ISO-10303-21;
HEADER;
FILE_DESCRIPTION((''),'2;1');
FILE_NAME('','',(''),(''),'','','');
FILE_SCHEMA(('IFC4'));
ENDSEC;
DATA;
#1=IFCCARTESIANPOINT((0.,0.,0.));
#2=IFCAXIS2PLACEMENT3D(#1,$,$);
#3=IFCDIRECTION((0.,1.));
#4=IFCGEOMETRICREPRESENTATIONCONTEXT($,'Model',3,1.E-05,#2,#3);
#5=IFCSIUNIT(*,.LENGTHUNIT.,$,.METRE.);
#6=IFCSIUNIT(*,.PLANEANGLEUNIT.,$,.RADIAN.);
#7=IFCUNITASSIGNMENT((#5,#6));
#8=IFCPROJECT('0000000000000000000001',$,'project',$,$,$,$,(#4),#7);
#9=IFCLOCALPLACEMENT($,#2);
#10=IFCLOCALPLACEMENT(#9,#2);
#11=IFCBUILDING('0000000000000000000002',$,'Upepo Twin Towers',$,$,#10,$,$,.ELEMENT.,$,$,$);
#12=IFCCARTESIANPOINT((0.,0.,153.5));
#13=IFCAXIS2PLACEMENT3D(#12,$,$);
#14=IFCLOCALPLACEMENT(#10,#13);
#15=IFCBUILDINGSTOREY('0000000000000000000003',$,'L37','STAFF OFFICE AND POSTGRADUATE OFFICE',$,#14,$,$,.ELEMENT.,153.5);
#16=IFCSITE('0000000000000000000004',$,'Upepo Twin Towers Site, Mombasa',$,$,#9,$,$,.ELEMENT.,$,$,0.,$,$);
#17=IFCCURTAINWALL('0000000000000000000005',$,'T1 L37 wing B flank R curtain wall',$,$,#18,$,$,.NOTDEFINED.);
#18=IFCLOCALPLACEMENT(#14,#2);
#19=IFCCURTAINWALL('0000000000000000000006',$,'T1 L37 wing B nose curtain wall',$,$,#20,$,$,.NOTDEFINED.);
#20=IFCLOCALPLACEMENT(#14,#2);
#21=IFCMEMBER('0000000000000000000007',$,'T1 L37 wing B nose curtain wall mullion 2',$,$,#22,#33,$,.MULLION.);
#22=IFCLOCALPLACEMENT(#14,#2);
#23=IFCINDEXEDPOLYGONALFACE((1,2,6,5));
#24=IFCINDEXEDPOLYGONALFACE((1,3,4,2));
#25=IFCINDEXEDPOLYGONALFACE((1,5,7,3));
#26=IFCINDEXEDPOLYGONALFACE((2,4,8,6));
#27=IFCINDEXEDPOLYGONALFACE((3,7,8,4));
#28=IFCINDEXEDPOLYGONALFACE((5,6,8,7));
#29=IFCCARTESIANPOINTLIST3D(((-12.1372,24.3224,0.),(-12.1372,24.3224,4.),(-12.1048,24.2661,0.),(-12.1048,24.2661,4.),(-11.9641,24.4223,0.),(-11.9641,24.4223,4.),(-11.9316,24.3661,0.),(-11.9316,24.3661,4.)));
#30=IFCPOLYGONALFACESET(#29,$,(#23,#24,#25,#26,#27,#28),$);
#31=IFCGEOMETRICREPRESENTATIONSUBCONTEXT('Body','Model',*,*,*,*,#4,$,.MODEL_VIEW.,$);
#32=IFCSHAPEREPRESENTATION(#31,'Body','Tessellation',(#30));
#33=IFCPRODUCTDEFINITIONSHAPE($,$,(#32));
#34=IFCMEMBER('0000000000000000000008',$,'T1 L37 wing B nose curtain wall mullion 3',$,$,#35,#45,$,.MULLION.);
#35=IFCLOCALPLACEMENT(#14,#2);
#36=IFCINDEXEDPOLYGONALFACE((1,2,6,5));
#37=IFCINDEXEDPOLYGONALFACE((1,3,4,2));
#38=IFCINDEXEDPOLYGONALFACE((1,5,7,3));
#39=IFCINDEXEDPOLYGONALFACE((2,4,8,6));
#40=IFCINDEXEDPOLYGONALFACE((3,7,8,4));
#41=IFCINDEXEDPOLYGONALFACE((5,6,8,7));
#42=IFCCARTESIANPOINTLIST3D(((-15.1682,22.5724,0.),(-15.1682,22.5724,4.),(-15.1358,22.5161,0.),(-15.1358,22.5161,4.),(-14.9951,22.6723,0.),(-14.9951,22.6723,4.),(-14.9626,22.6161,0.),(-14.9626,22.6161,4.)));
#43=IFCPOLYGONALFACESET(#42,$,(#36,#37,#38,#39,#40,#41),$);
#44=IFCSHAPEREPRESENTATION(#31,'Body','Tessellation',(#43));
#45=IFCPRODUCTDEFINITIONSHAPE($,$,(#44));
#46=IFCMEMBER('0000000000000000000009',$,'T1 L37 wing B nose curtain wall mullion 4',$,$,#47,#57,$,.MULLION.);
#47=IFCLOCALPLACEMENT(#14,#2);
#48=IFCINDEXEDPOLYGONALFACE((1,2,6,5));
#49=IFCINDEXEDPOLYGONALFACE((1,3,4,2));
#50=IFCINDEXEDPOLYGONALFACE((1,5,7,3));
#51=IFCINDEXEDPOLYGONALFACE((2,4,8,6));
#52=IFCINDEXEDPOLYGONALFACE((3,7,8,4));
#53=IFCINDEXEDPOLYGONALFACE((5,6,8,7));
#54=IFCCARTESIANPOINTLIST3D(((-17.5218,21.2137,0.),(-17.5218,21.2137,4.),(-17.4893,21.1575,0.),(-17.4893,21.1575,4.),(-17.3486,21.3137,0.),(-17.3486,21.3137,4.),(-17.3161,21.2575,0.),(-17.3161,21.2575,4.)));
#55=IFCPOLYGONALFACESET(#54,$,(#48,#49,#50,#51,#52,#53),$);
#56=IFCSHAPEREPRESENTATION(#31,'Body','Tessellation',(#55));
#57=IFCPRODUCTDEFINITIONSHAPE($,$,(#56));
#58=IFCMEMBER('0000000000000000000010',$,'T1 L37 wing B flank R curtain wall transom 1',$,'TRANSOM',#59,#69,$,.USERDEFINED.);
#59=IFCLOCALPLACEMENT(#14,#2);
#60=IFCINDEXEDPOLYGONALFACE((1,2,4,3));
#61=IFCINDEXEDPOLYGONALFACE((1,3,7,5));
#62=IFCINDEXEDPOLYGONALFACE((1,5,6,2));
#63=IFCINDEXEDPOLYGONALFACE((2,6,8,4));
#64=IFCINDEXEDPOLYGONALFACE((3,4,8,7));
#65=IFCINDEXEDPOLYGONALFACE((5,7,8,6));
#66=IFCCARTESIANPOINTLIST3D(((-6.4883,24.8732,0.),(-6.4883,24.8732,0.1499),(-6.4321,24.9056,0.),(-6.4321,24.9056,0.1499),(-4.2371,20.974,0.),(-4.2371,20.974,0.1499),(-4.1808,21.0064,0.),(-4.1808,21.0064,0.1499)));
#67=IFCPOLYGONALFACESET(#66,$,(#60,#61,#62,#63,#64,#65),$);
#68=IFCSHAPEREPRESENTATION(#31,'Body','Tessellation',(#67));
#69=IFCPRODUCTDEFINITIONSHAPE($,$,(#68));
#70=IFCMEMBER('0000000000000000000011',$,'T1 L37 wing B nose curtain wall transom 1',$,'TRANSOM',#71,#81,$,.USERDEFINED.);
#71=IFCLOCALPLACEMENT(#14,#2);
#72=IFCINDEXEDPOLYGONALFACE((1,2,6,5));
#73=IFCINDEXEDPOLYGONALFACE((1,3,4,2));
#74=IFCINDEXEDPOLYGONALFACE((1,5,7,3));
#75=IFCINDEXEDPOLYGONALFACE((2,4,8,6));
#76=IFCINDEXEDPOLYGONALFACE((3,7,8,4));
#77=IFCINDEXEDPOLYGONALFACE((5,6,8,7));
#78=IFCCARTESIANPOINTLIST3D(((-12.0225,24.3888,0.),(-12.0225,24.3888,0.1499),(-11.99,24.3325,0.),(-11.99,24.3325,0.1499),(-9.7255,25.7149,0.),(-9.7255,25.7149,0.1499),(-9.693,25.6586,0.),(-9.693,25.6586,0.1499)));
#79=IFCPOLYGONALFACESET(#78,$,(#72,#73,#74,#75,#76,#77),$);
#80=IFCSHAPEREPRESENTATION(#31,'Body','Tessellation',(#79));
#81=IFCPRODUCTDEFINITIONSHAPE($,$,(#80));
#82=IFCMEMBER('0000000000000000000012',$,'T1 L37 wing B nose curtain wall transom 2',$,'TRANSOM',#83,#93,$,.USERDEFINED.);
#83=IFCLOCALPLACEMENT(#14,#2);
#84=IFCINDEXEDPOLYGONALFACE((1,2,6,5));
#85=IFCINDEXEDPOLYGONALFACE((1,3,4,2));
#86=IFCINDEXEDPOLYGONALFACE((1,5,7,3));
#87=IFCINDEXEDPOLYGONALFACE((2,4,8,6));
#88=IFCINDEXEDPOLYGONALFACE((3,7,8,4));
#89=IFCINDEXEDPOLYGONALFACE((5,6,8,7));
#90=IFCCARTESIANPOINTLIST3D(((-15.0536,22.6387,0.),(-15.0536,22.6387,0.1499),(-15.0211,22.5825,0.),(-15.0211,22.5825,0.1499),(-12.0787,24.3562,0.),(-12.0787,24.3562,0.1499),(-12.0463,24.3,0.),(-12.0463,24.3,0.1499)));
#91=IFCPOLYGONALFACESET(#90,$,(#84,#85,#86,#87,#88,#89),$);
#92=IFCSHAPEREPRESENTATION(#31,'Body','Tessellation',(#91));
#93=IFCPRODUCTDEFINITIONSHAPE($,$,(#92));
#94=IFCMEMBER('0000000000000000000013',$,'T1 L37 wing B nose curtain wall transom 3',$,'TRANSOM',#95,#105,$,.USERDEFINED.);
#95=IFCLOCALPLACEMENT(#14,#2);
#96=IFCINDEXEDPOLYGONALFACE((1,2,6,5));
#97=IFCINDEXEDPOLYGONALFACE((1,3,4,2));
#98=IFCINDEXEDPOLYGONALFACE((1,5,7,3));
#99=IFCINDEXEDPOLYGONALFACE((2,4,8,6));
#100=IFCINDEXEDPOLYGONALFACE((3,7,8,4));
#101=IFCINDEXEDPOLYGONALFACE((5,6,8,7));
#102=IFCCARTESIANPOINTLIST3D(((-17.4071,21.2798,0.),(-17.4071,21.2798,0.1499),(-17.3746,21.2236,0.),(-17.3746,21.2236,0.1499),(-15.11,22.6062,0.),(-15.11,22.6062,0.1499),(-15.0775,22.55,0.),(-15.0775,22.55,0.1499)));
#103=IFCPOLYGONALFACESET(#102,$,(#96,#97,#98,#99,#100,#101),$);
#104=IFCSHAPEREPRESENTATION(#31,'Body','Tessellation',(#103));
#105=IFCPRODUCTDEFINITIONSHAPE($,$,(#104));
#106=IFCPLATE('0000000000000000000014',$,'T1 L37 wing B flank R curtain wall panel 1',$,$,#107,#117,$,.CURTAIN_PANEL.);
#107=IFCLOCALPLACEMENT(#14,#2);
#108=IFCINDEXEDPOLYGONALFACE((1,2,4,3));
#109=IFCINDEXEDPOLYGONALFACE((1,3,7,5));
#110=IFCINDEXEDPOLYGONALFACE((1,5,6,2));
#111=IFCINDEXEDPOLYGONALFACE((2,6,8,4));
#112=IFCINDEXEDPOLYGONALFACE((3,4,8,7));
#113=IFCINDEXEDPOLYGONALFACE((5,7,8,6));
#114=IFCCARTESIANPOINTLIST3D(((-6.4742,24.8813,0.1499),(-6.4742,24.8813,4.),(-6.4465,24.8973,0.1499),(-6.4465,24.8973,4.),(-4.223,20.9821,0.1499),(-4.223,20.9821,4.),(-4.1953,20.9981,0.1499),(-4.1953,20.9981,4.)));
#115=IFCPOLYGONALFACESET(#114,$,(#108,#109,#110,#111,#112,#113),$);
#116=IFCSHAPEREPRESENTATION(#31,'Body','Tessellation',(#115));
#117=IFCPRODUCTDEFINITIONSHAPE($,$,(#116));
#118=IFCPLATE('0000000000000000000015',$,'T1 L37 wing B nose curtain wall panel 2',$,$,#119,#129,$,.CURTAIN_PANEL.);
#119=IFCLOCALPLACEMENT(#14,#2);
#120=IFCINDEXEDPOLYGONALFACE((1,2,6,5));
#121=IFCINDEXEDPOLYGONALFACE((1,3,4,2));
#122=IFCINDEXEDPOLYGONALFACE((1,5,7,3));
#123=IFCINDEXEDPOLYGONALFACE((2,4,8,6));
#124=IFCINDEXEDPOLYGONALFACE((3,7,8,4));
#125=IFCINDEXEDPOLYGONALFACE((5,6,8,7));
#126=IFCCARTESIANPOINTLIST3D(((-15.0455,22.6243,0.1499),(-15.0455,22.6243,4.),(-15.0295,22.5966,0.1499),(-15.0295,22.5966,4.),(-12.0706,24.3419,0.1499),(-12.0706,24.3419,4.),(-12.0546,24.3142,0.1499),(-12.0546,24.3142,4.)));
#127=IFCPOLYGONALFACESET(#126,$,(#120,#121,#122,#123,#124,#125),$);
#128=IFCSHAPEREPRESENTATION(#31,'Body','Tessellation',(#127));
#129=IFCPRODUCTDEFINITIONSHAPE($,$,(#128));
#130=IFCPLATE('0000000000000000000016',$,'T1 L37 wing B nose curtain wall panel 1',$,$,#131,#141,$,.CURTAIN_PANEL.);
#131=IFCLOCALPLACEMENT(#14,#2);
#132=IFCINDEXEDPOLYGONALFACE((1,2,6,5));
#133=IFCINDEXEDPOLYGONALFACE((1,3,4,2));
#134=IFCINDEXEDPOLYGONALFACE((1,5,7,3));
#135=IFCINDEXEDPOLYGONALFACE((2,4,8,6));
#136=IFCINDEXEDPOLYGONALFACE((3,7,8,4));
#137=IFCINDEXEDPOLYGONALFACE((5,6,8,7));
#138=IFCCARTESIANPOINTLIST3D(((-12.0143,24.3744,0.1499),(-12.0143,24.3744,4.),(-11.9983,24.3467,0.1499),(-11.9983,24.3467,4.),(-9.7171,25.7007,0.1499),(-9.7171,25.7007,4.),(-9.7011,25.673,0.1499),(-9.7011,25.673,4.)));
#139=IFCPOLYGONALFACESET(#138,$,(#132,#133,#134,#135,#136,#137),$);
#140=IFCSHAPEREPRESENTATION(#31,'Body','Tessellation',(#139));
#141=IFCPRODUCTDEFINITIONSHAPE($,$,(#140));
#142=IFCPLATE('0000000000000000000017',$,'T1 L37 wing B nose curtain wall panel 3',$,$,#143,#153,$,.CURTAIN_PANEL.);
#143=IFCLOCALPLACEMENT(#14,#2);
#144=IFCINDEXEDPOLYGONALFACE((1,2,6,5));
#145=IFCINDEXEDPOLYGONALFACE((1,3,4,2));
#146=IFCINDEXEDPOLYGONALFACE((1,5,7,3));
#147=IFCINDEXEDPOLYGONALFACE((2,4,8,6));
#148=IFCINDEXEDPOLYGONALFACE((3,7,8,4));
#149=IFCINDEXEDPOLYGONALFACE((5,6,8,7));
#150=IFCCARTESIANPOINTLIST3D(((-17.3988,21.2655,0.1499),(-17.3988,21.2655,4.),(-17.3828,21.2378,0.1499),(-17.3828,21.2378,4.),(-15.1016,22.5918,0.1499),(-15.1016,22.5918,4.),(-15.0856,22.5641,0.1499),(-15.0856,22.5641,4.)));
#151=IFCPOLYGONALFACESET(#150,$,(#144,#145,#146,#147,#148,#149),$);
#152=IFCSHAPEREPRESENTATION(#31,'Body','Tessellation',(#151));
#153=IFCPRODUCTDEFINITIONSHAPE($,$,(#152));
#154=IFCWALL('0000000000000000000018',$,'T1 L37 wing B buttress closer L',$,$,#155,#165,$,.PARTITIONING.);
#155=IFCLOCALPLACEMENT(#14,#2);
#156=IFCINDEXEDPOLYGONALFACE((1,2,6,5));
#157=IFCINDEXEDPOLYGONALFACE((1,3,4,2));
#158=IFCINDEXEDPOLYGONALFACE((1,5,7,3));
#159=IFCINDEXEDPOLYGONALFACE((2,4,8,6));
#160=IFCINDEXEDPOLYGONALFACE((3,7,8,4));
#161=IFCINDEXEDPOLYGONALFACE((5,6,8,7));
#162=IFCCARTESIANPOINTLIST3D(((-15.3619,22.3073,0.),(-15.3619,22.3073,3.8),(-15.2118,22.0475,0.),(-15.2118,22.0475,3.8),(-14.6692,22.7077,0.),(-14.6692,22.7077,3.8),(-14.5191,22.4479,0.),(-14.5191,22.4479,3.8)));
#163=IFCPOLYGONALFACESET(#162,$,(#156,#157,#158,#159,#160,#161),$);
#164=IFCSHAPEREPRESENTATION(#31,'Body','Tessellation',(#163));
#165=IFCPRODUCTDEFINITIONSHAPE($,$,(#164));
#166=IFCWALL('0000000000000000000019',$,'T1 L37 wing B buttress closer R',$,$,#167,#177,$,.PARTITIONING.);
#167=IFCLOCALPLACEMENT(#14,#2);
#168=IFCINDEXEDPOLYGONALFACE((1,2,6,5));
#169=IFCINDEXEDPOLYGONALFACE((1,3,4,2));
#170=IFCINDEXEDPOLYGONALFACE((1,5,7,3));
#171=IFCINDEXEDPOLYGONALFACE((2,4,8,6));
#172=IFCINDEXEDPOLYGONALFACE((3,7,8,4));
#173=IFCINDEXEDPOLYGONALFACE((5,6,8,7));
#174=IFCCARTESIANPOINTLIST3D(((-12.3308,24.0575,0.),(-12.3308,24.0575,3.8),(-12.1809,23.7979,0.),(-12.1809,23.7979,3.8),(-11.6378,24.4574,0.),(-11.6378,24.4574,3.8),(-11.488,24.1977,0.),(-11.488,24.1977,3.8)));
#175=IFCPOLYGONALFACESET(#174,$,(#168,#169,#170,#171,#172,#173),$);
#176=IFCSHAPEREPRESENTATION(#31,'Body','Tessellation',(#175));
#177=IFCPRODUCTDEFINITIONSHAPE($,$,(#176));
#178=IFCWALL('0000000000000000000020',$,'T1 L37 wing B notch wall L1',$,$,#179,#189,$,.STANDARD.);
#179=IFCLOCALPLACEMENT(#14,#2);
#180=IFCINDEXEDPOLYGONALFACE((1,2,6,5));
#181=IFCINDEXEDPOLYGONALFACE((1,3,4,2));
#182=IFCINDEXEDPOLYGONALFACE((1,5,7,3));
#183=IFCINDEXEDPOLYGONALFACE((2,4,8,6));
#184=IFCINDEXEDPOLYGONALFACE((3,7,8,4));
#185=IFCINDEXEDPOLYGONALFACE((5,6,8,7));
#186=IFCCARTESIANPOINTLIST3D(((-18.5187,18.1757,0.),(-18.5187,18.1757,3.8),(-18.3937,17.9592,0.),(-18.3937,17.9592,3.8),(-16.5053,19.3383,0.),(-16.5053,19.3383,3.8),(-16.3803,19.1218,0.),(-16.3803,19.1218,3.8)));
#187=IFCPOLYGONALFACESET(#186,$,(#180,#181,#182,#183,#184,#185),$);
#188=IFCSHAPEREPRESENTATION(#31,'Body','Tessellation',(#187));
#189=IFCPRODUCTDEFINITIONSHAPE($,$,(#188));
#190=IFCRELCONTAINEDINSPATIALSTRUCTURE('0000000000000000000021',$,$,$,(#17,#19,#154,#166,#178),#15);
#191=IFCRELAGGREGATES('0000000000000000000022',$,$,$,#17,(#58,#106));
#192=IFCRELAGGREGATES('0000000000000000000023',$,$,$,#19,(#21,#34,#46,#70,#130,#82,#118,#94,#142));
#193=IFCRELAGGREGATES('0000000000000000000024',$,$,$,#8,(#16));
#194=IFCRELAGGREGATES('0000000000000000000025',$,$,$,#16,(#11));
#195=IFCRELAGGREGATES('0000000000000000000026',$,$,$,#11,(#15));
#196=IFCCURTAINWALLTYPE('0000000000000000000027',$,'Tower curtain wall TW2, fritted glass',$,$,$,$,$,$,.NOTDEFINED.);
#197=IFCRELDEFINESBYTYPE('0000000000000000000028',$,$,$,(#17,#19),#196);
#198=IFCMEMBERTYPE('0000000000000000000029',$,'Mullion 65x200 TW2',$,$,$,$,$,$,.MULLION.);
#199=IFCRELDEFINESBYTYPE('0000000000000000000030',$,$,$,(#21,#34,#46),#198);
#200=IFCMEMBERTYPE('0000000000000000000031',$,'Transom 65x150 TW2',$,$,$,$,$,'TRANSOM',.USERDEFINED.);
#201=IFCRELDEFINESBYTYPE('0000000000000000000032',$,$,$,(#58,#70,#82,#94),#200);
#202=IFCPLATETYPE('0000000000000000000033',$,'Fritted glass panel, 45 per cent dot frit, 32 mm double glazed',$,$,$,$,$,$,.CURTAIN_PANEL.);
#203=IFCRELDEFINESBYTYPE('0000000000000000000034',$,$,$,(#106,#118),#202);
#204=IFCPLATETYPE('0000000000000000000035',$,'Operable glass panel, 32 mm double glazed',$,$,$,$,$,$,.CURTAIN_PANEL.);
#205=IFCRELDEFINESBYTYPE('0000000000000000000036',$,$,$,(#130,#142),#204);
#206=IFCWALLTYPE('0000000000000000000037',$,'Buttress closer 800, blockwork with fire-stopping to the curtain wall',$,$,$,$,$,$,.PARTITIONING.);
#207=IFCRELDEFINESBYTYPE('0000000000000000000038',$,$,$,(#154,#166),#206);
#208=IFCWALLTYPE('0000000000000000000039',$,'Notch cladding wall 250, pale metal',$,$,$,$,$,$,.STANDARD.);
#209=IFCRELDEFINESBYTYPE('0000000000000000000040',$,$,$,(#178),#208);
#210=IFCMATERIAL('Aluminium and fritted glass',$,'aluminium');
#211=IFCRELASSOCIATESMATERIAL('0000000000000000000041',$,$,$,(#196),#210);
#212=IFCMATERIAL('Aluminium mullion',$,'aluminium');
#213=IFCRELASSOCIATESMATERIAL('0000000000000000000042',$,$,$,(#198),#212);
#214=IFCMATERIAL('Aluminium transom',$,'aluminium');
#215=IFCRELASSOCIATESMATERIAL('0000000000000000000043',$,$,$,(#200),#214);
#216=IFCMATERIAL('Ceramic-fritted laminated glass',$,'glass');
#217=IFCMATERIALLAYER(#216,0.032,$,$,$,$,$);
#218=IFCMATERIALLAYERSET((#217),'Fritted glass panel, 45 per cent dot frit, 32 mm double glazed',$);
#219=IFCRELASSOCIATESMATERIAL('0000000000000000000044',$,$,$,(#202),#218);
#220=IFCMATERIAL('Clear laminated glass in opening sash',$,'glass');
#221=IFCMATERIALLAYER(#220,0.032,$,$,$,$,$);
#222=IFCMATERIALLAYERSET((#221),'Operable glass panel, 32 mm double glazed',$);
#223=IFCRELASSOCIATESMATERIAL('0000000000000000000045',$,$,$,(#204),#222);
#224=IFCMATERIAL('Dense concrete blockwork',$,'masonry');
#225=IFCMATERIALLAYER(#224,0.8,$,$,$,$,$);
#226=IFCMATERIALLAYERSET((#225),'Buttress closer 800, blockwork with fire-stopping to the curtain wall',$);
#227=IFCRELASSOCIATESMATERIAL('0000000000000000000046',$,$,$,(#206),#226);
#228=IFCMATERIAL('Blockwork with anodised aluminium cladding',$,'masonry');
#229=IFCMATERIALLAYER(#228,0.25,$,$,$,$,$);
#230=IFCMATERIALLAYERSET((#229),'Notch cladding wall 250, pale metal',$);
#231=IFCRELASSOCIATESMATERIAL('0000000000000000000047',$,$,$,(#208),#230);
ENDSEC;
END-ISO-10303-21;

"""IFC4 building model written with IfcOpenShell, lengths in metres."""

from ifc_helpers import new_model, si_unit, direction, frame, frame_2d, origin, origin_2d, place, context, subcontext, project, spatial, rectangle, extrude, material, layer, layer_set, material_profile, profile_set, type_object, element, aggregate, save


model = new_model("IFC4")

# Units and contexts
model_context = context("Model", 3, precision=1e-05, world=origin(), true_north=direction((0.0, 1.0)))
body_context = subcontext(model_context, "Body", "Model", "MODEL_VIEW")
ifc_project = project(units=[si_unit("LENGTHUNIT", "METRE"), si_unit("PLANEANGLEUNIT", "RADIAN")], contexts=[model_context])

# Site, building, storey
site_placement = place(None, origin())
site = spatial("IfcSite", under=ifc_project, at=site_placement, Name="Upepo Twin Towers Site, Mombasa", CompositionType="ELEMENT", RefElevation=0.0)
building_placement = place(site_placement, origin())
building = spatial("IfcBuilding", under=site, at=building_placement, Name="Upepo Twin Towers", CompositionType="ELEMENT")
storey_placement = place(building_placement, frame((0.0, 0.0, 153.5)))
storey = spatial("IfcBuildingStorey", under=building, at=storey_placement, Name="L37", Description="STAFF OFFICE AND POSTGRADUATE OFFICE", CompositionType="ELEMENT", Elevation=153.5)

# Shared definitions
ifc_material_1 = material(Name="Aluminium and fritted glass", Category="aluminium")
curtain_wall_type = type_object("IfcCurtainWallType", Name="Tower curtain wall TW2, fritted glass", PredefinedType="NOTDEFINED", material=ifc_material_1)
ifc_material_2 = material(Name="Aluminium mullion", Category="aluminium")
ifc_material_profile_1 = material_profile(ifc_material_2, rectangle(XDim=0.0649, YDim=0.2, at=origin_2d()), Name="MULLION 65x200")
ifc_profile_set_1 = profile_set([ifc_material_profile_1], Name="Aluminium mullion")
member_type_1 = type_object("IfcMemberType", Name="Mullion 65x200 TW2", PredefinedType="MULLION", material=ifc_profile_set_1)

# Curtain walls, members
curtain_wall_1_placement = place(storey_placement, origin())
curtain_wall_1 = element("IfcCurtainWall", 1, at=curtain_wall_1_placement, inside=storey, type_object=curtain_wall_type, Name="T1 L37 wing B flank R curtain wall", PredefinedType="NOTDEFINED")
curtain_wall_2_placement = place(storey_placement, origin())
curtain_wall_2 = element("IfcCurtainWall", 2, at=curtain_wall_2_placement, inside=storey, type_object=curtain_wall_type, Name="T1 L37 wing B nose curtain wall", PredefinedType="NOTDEFINED")
member_1_placement = place(storey_placement, frame((-12.0344, 24.3442, 0.0), z_axis=(0.0, 0.0, 1.0), x_axis=(0.5, -0.866025, 0.0)))
member_1 = element("IfcMember", 3, at=member_1_placement, type_object=member_type_1, Name="T1 L37 wing B nose curtain wall mullion 2", PredefinedType="MULLION", context=body_context, shape_type="SweptSolid", body=[
    extrude(rectangle(XDim=0.0649, YDim=0.2, at=origin_2d()), origin(), (0.0, 0.0, 1.0), 4.0),
])
member_2_placement = place(storey_placement, frame((-15.0654, 22.5942, 0.0), z_axis=(0.0, 0.0, 1.0), x_axis=(0.5, -0.866025, 0.0)))
member_2 = element("IfcMember", 4, at=member_2_placement, type_object=member_type_1, Name="T1 L37 wing B nose curtain wall mullion 3", PredefinedType="MULLION", context=body_context, shape_type="SweptSolid", body=[
    extrude(rectangle(XDim=0.0649, YDim=0.2, at=origin_2d()), origin(), (0.0, 0.0, 1.0), 4.0),
])
member_3_placement = place(storey_placement, frame((-17.4189, 21.2356, 0.0), z_axis=(0.0, 0.0, 1.0), x_axis=(0.5, -0.866025, 0.0)))
member_3 = element("IfcMember", 5, at=member_3_placement, type_object=member_type_1, Name="T1 L37 wing B nose curtain wall mullion 4", PredefinedType="MULLION", context=body_context, shape_type="SweptSolid", body=[
    extrude(rectangle(XDim=0.0649, YDim=0.2, at=origin_2d()), origin(), (0.0, 0.0, 1.0), 4.0),
])

# Members
ifc_material_3 = material(Name="Aluminium transom", Category="aluminium")
ifc_material_profile_2 = material_profile(ifc_material_3, rectangle(XDim=0.0649, YDim=0.1499, at=origin_2d()), Name="TRANSOM 65x150")
ifc_profile_set_2 = profile_set([ifc_material_profile_2], Name="Aluminium transom")
member_type_2 = type_object("IfcMemberType", Name="Transom 65x150 TW2", ElementType="TRANSOM", PredefinedType="USERDEFINED", material=ifc_profile_set_2)
member_4_placement = place(storey_placement, frame((-6.4602, 24.8894, 0.075), z_axis=(0.500006, -0.866022, 0.0), x_axis=(0.866022, 0.500006, 0.0)))
member_4 = element("IfcMember", 6, at=member_4_placement, type_object=member_type_2, Name="T1 L37 wing B flank R curtain wall transom 1", ObjectType="TRANSOM", PredefinedType="USERDEFINED", context=body_context, shape_type="SweptSolid", body=[
    extrude(rectangle(XDim=0.0649, YDim=0.1499, at=origin_2d()), origin(), (0.0, 0.0, 1.0), 4.5024),
])
member_5_placement = place(storey_placement, frame((-9.7092, 25.6868, 0.075), z_axis=(-0.866037, -0.49998, 0.0), x_axis=(0.49998, -0.866037, 0.0)))
member_5 = element("IfcMember", 7, at=member_5_placement, type_object=member_type_2, Name="T1 L37 wing B nose curtain wall transom 1", ObjectType="TRANSOM", PredefinedType="USERDEFINED", context=body_context, shape_type="SweptSolid", body=[
    extrude(rectangle(XDim=0.0649, YDim=0.1499, at=origin_2d()), origin(), (0.0, 0.0, 1.0), 2.6523),
])
member_6_placement = place(storey_placement, frame((-12.0625, 24.3281, 0.075), z_axis=(-0.866026, -0.499999, 0.0), x_axis=(0.499999, -0.866026, 0.0)))
member_6 = element("IfcMember", 8, at=member_6_placement, type_object=member_type_2, Name="T1 L37 wing B nose curtain wall transom 2", ObjectType="TRANSOM", PredefinedType="USERDEFINED", context=body_context, shape_type="SweptSolid", body=[
    extrude(rectangle(XDim=0.0649, YDim=0.1499, at=origin_2d()), origin(), (0.0, 0.0, 1.0), 3.4351),
])
member_7_placement = place(storey_placement, frame((-15.0938, 22.5781, 0.075), z_axis=(-0.865997, -0.500049, 0.0), x_axis=(0.500049, -0.865997, 0.0)))
member_7 = element("IfcMember", 9, at=member_7_placement, type_object=member_type_2, Name="T1 L37 wing B nose curtain wall transom 3", ObjectType="TRANSOM", PredefinedType="USERDEFINED", context=body_context, shape_type="SweptSolid", body=[
    extrude(rectangle(XDim=0.0649, YDim=0.1499, at=origin_2d()), origin(), (0.0, 0.0, 1.0), 2.6526),
])

# Plates
ifc_material_4 = material(Name="Ceramic-fritted laminated glass", Category="glass")
ifc_layer_1 = layer(ifc_material_4, 0.032)
ifc_layer_set_1 = layer_set([ifc_layer_1], Name="Fritted glass panel, 45 per cent dot frit, 32 mm double glazed")
plate_type_1 = type_object("IfcPlateType", Name="Fritted glass panel, 45 per cent dot frit, 32 mm double glazed", PredefinedType="CURTAIN_PANEL", material=ifc_layer_set_1)
plate_1_placement = place(storey_placement, frame((-5.3347, 22.9397, 0.1499), z_axis=(0.0, 0.0, 1.0), x_axis=(0.5, -0.866025, 0.0)))
plate_1 = element("IfcPlate", 10, at=plate_1_placement, type_object=plate_type_1, Name="T1 L37 wing B flank R curtain wall panel 1", PredefinedType="CURTAIN_PANEL", context=body_context, shape_type="SweptSolid", body=[
    extrude(rectangle(XDim=4.5024, YDim=0.032, at=origin_2d()), origin(), (0.0, 0.0, 1.0), 3.8501),
])
aggregate(curtain_wall_1, [member_4, plate_1])
plate_2_placement = place(storey_placement, frame((-13.55, 23.4692, 0.1499), z_axis=(0.0, 0.0, 1.0), x_axis=(-0.866025, -0.5, 0.0)))
plate_2 = element("IfcPlate", 11, at=plate_2_placement, type_object=plate_type_1, Name="T1 L37 wing B nose curtain wall panel 2", PredefinedType="CURTAIN_PANEL", context=body_context, shape_type="SweptSolid", body=[
    extrude(rectangle(XDim=3.4351, YDim=0.032, at=origin_2d()), origin(), (0.0, 0.0, 1.0), 3.8501),
])
ifc_material_5 = material(Name="Clear laminated glass in opening sash", Category="glass")
ifc_layer_2 = layer(ifc_material_5, 0.032)
ifc_layer_set_2 = layer_set([ifc_layer_2], Name="Operable glass panel, 32 mm double glazed")
plate_type_2 = type_object("IfcPlateType", Name="Operable glass panel, 32 mm double glazed", PredefinedType="CURTAIN_PANEL", material=ifc_layer_set_2)
plate_3_placement = place(storey_placement, frame((-10.8577, 25.0237, 0.1499), z_axis=(0.0, 0.0, 1.0), x_axis=(-0.866025, -0.5, 0.0)))
plate_3 = element("IfcPlate", 12, at=plate_3_placement, type_object=plate_type_2, Name="T1 L37 wing B nose curtain wall panel 1", PredefinedType="CURTAIN_PANEL", context=body_context, shape_type="SweptSolid", body=[
    extrude(rectangle(XDim=2.6526, YDim=0.032, at=origin_2d()), origin(), (0.0, 0.0, 1.0), 3.8501),
])
plate_4_placement = place(storey_placement, frame((-16.2422, 21.9148, 0.1499), z_axis=(0.0, 0.0, 1.0), x_axis=(-0.866025, -0.5, 0.0)))
plate_4 = element("IfcPlate", 13, at=plate_4_placement, type_object=plate_type_2, Name="T1 L37 wing B nose curtain wall panel 3", PredefinedType="CURTAIN_PANEL", context=body_context, shape_type="SweptSolid", body=[
    extrude(rectangle(XDim=2.6526, YDim=0.032, at=origin_2d()), origin(), (0.0, 0.0, 1.0), 3.8501),
])
aggregate(curtain_wall_2, [member_1, member_2, member_3, member_5, plate_3, member_6, plate_2, member_7, plate_4])

# Walls
ifc_material_6 = material(Name="Dense concrete blockwork", Category="masonry")
ifc_layer_3 = layer(ifc_material_6, 0.8)
ifc_layer_set_3 = layer_set([ifc_layer_3], Name="Buttress closer 800, blockwork with fire-stopping to the curtain wall")
wall_type_1 = type_object("IfcWallType", Name="Buttress closer 800, blockwork with fire-stopping to the curtain wall", PredefinedType="PARTITIONING", material=ifc_layer_set_3)
wall_1_placement = place(storey_placement, frame((-14.8655, 22.2478, 0.0), z_axis=(0.0, 0.0, 1.0), x_axis=(-0.500427, 0.865779, 0.0)))
element("IfcWall", 14, at=wall_1_placement, inside=storey, type_object=wall_type_1, Name="T1 L37 wing B buttress closer L", PredefinedType="PARTITIONING", context=body_context, shape_type="SweptSolid", body=[
    extrude(rectangle(XDim=0.3, YDim=0.8, at=frame_2d((0.1499, 0.0))), origin(), (0.0, 0.0, 1.0), 3.8),
])
wall_2_placement = place(storey_placement, frame((-11.8345, 23.9978, 0.0), z_axis=(0.0, 0.0, 1.0), x_axis=(-0.499816, 0.866131, 0.0)))
element("IfcWall", 15, at=wall_2_placement, inside=storey, type_object=wall_type_1, Name="T1 L37 wing B buttress closer R", PredefinedType="PARTITIONING", context=body_context, shape_type="SweptSolid", body=[
    extrude(rectangle(XDim=0.2998, YDim=0.8, at=frame_2d((0.1499, 0.0))), origin(), (0.0, 0.0, 1.0), 3.8),
])
ifc_material_7 = material(Name="Blockwork with anodised aluminium cladding", Category="masonry")
ifc_layer_4 = layer(ifc_material_7, 0.25)
ifc_layer_set_4 = layer_set([ifc_layer_4], Name="Notch cladding wall 250, pale metal")
wall_type_2 = type_object("IfcWallType", Name="Notch cladding wall 250, pale metal", PredefinedType="STANDARD", material=ifc_layer_set_4)
for number, where, z_axis, x_axis, name in (
    (16, (-18.4563, 18.0674, 0.0), (0.0, 0.0, 1.0), (0.865998, 0.500047, 0.0), "T1 L37 wing B notch wall L1"),
):
    element("IfcWall", number, at=place(storey_placement, frame(where, z_axis=z_axis, x_axis=x_axis)), inside=storey, type_object=wall_type_2, Name=name, PredefinedType="STANDARD", context=body_context, shape_type="SweptSolid", body=[
        extrude(rectangle(XDim=2.325, YDim=0.25, at=frame_2d((1.1626, 0.0))), origin(), (0.0, 0.0, 1.0), 3.8),
    ])

save(model, "model.ifc")
